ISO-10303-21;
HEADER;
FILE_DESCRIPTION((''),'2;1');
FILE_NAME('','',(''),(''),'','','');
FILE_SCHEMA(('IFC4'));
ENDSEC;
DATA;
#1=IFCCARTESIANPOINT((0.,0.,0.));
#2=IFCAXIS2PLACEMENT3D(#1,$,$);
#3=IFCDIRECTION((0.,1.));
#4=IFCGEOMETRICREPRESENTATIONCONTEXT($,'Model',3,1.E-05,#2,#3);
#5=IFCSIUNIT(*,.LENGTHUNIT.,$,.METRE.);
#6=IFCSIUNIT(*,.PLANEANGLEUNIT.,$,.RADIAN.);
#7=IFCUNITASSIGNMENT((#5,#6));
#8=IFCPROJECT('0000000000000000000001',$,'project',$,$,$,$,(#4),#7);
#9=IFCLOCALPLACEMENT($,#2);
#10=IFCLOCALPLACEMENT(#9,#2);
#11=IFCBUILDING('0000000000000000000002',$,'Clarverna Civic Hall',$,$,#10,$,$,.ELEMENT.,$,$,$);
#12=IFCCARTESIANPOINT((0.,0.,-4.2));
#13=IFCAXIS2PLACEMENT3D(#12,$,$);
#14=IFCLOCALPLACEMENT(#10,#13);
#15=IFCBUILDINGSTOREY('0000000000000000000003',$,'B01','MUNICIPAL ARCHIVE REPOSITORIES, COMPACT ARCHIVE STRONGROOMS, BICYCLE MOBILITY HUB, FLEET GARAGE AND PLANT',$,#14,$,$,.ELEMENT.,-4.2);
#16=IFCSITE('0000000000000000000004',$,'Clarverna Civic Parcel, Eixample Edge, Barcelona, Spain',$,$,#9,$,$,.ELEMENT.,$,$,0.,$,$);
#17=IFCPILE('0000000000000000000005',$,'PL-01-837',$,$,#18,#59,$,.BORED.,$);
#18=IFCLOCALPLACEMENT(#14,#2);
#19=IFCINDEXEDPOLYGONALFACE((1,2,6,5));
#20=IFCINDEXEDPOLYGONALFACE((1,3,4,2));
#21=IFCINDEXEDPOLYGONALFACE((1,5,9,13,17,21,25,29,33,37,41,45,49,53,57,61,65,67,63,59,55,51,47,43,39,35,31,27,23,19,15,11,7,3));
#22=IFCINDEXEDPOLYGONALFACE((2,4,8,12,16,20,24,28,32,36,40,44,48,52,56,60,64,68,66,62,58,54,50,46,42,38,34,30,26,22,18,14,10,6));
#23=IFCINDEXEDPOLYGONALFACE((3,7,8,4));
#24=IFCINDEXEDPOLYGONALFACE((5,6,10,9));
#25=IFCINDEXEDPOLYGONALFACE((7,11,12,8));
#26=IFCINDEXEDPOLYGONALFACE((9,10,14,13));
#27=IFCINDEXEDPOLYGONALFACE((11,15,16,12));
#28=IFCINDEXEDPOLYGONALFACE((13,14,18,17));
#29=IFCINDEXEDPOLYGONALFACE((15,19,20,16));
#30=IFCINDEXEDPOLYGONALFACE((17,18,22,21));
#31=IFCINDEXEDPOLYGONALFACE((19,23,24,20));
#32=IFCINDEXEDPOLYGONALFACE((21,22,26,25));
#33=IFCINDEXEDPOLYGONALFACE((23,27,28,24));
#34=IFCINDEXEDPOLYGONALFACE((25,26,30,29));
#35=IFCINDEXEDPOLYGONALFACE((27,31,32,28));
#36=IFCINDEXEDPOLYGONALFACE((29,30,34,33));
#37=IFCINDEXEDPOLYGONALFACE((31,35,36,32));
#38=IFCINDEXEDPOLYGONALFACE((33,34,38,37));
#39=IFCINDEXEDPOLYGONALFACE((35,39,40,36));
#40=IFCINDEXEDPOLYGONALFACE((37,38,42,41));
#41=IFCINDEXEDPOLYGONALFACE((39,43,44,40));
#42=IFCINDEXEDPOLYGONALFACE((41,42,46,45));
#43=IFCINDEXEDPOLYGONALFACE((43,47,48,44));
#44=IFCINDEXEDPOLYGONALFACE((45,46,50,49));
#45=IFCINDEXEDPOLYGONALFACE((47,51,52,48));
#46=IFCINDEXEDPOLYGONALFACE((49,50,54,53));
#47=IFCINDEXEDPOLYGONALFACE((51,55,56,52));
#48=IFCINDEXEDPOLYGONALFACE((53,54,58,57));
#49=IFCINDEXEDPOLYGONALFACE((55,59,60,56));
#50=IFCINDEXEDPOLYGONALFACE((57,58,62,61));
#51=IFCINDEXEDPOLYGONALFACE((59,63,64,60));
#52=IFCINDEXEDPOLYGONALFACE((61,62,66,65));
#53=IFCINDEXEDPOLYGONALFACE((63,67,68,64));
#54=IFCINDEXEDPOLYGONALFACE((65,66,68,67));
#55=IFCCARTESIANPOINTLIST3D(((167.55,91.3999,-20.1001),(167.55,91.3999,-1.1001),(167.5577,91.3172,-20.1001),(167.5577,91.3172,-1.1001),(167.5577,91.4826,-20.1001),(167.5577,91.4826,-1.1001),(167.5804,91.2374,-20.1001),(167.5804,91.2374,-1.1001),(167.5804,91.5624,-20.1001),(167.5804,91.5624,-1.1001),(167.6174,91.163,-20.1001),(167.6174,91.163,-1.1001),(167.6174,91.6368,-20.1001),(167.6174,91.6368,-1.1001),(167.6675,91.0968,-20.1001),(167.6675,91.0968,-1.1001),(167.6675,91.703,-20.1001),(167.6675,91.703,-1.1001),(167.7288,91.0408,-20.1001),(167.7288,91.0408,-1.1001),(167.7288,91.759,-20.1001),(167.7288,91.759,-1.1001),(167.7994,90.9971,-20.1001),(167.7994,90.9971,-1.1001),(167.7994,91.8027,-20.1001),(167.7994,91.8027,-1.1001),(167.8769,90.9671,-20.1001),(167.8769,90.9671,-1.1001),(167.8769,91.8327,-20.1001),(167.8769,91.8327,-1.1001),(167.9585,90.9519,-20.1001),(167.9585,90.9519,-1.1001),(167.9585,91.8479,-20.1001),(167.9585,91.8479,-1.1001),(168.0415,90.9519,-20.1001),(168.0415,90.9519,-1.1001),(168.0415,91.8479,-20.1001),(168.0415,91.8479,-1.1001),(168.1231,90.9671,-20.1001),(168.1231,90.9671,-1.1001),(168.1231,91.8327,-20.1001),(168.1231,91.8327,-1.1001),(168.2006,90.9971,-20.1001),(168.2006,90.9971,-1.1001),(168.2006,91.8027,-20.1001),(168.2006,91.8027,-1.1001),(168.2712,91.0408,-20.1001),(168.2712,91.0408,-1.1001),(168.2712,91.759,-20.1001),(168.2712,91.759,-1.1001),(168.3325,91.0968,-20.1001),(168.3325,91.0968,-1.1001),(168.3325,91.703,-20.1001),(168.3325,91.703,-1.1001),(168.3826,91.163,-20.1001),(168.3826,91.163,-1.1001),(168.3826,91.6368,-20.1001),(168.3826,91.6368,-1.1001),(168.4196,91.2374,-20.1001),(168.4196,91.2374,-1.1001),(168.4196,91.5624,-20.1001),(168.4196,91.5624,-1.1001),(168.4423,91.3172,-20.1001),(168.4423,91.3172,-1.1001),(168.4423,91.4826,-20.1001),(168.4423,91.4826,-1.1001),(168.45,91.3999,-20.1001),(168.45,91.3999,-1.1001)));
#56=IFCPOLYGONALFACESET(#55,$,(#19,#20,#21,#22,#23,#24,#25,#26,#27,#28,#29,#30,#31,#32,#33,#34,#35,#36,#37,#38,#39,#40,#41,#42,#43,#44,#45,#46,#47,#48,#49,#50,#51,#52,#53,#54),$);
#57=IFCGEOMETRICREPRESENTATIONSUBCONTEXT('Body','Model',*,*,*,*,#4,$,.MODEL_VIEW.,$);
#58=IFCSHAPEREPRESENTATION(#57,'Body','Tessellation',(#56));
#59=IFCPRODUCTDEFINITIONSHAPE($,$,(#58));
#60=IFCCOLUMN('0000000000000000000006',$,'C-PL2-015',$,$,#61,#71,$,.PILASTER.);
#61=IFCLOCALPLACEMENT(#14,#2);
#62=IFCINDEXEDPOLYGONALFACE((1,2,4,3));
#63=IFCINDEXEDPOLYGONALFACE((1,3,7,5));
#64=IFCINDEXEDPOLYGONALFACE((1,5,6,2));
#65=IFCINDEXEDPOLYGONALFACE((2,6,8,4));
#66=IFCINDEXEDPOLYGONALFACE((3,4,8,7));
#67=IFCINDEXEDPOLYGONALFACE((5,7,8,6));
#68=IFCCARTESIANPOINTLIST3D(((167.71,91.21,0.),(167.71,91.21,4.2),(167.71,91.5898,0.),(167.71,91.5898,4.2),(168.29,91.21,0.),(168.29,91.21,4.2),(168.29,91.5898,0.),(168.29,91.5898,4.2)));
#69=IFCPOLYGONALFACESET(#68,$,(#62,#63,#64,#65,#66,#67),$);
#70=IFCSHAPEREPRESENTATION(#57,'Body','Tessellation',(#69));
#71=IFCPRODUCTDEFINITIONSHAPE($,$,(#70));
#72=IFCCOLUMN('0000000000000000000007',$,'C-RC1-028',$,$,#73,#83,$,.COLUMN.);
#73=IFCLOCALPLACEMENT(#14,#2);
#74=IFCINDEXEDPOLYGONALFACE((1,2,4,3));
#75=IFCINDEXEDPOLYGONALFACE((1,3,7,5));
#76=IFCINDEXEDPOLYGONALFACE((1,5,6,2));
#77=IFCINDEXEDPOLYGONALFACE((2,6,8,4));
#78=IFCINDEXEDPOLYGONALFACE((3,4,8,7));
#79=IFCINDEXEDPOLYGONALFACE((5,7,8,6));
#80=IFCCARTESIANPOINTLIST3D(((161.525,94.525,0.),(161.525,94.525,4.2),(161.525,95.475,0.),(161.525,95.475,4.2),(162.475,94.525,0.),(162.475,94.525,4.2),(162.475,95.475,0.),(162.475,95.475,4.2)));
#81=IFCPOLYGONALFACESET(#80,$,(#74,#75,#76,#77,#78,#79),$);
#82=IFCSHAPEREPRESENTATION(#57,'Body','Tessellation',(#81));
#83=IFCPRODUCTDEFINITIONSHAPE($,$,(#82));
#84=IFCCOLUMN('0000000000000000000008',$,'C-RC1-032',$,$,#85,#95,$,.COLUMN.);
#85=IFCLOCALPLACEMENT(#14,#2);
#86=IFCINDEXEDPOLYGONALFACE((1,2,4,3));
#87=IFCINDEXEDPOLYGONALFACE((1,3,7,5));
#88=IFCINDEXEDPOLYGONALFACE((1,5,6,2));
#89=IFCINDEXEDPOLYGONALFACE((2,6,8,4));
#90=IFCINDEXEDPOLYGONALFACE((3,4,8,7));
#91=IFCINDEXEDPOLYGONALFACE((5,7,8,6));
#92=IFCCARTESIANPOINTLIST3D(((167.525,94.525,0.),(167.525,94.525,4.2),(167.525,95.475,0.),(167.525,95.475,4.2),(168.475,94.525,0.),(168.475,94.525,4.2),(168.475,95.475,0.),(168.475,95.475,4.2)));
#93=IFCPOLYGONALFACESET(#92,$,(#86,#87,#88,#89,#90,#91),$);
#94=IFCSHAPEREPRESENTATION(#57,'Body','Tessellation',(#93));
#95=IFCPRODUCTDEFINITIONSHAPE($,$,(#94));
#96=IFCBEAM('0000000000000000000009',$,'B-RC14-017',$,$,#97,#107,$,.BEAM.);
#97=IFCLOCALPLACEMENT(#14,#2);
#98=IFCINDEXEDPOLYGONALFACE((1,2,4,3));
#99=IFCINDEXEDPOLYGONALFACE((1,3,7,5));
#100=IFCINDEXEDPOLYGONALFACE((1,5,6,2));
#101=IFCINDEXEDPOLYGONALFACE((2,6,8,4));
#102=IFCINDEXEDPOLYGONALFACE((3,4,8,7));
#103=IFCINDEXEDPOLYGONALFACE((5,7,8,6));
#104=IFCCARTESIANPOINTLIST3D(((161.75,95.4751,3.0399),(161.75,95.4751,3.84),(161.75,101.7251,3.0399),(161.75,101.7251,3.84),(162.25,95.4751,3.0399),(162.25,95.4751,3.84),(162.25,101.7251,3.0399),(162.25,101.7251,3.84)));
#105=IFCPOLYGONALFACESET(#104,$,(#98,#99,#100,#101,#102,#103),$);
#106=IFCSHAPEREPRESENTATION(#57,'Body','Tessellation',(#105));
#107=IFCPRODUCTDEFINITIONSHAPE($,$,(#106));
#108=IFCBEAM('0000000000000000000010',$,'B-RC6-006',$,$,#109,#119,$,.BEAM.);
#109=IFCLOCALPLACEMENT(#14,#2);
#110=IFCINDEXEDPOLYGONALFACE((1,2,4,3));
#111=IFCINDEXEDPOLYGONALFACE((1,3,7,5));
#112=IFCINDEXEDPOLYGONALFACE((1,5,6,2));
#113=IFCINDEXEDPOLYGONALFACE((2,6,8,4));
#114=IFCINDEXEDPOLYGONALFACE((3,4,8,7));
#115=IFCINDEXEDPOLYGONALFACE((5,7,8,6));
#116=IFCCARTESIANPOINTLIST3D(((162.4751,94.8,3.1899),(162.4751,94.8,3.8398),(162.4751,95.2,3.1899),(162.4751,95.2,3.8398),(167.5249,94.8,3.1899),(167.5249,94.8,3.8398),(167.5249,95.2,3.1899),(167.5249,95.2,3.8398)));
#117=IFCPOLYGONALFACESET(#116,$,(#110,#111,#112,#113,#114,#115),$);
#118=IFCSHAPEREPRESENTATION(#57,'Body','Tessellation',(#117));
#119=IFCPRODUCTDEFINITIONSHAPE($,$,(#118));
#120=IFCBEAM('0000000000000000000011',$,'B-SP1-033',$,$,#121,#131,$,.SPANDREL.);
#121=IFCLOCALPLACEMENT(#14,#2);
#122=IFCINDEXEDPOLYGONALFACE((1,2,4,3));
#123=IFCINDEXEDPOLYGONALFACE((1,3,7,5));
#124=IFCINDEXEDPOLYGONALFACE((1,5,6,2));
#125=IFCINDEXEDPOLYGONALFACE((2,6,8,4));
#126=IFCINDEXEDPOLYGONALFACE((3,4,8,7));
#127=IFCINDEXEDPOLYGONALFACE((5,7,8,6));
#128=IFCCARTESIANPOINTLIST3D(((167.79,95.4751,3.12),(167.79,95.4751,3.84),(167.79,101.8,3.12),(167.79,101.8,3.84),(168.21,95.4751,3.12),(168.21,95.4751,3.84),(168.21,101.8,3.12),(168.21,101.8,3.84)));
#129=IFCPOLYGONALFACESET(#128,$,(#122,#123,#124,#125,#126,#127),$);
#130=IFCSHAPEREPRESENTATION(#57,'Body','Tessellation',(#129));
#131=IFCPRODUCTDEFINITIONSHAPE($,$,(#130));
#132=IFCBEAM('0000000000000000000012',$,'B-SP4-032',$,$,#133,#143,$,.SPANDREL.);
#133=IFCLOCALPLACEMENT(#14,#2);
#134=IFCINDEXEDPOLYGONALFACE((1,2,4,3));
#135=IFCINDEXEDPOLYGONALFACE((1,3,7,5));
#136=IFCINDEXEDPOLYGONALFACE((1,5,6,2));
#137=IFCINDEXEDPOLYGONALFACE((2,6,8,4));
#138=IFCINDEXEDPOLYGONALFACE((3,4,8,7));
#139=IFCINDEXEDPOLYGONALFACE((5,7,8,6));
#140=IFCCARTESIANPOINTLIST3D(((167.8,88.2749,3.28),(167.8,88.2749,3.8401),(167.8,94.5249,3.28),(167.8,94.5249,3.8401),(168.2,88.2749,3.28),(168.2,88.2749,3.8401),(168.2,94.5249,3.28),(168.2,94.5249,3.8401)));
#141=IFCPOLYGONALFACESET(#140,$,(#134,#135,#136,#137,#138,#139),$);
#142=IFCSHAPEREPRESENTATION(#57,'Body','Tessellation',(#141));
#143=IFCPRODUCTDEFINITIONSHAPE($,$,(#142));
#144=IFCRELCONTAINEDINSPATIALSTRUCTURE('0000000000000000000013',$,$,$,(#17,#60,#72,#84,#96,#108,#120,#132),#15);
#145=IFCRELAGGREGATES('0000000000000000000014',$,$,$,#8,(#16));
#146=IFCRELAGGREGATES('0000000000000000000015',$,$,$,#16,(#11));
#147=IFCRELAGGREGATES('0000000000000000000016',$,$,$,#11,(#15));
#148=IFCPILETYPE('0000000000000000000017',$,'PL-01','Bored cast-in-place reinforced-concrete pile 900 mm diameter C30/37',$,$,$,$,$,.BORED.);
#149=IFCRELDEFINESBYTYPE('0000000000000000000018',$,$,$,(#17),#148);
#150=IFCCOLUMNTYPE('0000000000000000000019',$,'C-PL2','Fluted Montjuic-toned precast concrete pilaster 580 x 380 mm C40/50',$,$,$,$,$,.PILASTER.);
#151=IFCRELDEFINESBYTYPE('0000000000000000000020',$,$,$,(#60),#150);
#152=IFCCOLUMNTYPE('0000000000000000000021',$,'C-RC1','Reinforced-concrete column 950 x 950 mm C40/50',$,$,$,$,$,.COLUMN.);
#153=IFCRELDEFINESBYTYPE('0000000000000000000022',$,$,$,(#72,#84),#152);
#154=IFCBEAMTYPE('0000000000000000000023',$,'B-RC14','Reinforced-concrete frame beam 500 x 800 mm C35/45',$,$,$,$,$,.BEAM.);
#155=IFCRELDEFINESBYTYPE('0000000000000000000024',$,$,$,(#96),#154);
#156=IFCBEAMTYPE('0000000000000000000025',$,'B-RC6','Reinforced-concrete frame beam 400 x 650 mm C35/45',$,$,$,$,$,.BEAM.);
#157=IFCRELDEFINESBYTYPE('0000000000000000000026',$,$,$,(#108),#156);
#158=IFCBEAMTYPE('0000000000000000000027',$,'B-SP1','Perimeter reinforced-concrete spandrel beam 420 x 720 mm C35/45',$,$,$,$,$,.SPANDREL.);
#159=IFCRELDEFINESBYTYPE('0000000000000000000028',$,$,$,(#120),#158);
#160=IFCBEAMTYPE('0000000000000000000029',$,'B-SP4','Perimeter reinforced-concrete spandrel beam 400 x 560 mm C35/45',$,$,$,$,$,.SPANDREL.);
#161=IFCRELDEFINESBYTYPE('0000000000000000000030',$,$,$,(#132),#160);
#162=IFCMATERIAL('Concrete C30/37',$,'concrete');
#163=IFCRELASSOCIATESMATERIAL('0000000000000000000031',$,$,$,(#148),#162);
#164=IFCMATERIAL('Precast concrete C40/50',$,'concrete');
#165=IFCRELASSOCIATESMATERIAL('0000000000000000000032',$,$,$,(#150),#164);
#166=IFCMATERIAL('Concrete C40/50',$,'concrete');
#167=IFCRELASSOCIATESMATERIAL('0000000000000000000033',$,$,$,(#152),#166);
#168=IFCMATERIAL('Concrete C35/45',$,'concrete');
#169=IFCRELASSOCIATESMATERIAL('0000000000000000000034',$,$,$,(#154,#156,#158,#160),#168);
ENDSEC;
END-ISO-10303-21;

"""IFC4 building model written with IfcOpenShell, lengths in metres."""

from ifc_helpers import new_model, si_unit, direction, frame, origin, origin_2d, place, context, subcontext, project, spatial, rectangle, circle, extrude, material, material_profile, profile_set, type_object, element, save


model = new_model("IFC4")

# Units and contexts
model_context = context("Model", 3, precision=1e-05, world=origin(), true_north=direction((0.0, 1.0)))
body_context = subcontext(model_context, "Body", "Model", "MODEL_VIEW")
ifc_project = project(units=[si_unit("LENGTHUNIT", "METRE"), si_unit("PLANEANGLEUNIT", "RADIAN")], contexts=[model_context])

# Site, building, storey
site_placement = place(None, origin())
site = spatial("IfcSite", under=ifc_project, at=site_placement, Name="Clarverna Civic Parcel, Eixample Edge, Barcelona, Spain", CompositionType="ELEMENT", RefElevation=0.0)
building_placement = place(site_placement, origin())
building = spatial("IfcBuilding", under=site, at=building_placement, Name="Clarverna Civic Hall", CompositionType="ELEMENT")
storey_placement = place(building_placement, frame((0.0, 0.0, -4.2)))
storey = spatial("IfcBuildingStorey", under=building, at=storey_placement, Name="B01", Description="MUNICIPAL ARCHIVE REPOSITORIES, COMPACT ARCHIVE STRONGROOMS, BICYCLE MOBILITY HUB, FLEET GARAGE AND PLANT", CompositionType="ELEMENT", Elevation=-4.2)

# Shared definitions
ifc_material_1 = material(Name="Concrete C30/37", Category="concrete")

# Pile
ifc_material_profile_1 = material_profile(ifc_material_1, circle(Radius=0.45, at=origin_2d()), Name="BORED PILE D900")
ifc_profile_set_1 = profile_set([ifc_material_profile_1], Name="Concrete C30/37")
pile_type = type_object("IfcPileType", Name="PL-01", Description="Bored cast-in-place reinforced-concrete pile 900 mm diameter C30/37", PredefinedType="BORED", material=ifc_profile_set_1)
for number, where, z_axis, x_axis, name in (
    (1, (168.0, 91.3999, -1.1001), (0.0, 0.0, -1.0), (1.0, 0.0, 0.0), "PL-01-837"),
):
    element("IfcPile", number, at=place(storey_placement, frame(where, z_axis=z_axis, x_axis=x_axis)), inside=storey, type_object=pile_type, Name=name, PredefinedType="BORED", context=body_context, shape_type="SweptSolid", body=[
        extrude(circle(Radius=0.45, at=origin_2d()), origin(), (0.0, 0.0, 1.0), 19.0),
    ])

# Columns
ifc_material_2 = material(Name="Precast concrete C40/50", Category="concrete")
ifc_material_profile_2 = material_profile(ifc_material_2, rectangle(XDim=0.5801, YDim=0.3799, at=origin_2d()), Name="PILASTER 580x380")
ifc_profile_set_2 = profile_set([ifc_material_profile_2], Name="Precast concrete C40/50")
column_type_1 = type_object("IfcColumnType", Name="C-PL2", Description="Fluted Montjuic-toned precast concrete pilaster 580 x 380 mm C40/50", PredefinedType="PILASTER", material=ifc_profile_set_2)
column_placement = place(storey_placement, frame((168.0, 91.3999, 0.0), z_axis=(0.0, 0.0, 1.0), x_axis=(1.0, 0.0, 0.0)))
element("IfcColumn", 2, at=column_placement, inside=storey, type_object=column_type_1, Name="C-PL2-015", PredefinedType="PILASTER", context=body_context, shape_type="SweptSolid", body=[
    extrude(rectangle(XDim=0.5801, YDim=0.3799, at=origin_2d()), origin(), (0.0, 0.0, 1.0), 4.2),
])
ifc_material_3 = material(Name="Concrete C40/50", Category="concrete")
ifc_material_profile_3 = material_profile(ifc_material_3, rectangle(XDim=0.95, YDim=0.95, at=origin_2d()), Name="RC 950x950")
ifc_profile_set_3 = profile_set([ifc_material_profile_3], Name="Concrete C40/50")
column_type_2 = type_object("IfcColumnType", Name="C-RC1", Description="Reinforced-concrete column 950 x 950 mm C40/50", PredefinedType="COLUMN", material=ifc_profile_set_3)
for number, where, z_axis, x_axis, name in (
    (3, (162.0, 95.0, 0.0), (0.0, 0.0, 1.0), (1.0, 0.0, 0.0), "C-RC1-028"),
    (4, (168.0, 95.0, 0.0), (0.0, 0.0, 1.0), (1.0, 0.0, 0.0), "C-RC1-032"),
):
    element("IfcColumn", number, at=place(storey_placement, frame(where, z_axis=z_axis, x_axis=x_axis)), inside=storey, type_object=column_type_2, Name=name, PredefinedType="COLUMN", context=body_context, shape_type="SweptSolid", body=[
        extrude(rectangle(XDim=0.95, YDim=0.95, at=origin_2d()), origin(), (0.0, 0.0, 1.0), 4.2),
    ])

# Beams
ifc_material_4 = material(Name="Concrete C35/45", Category="concrete")
ifc_material_profile_4 = material_profile(ifc_material_4, rectangle(XDim=0.5, YDim=0.8, at=origin_2d()), Name="RC 500x800")
ifc_profile_set_4 = profile_set([ifc_material_profile_4], Name="Concrete C35/45")
beam_type_1 = type_object("IfcBeamType", Name="B-RC14", Description="Reinforced-concrete frame beam 500 x 800 mm C35/45", PredefinedType="BEAM", material=ifc_profile_set_4)
beam_1_placement = place(storey_placement, frame((162.0, 95.4751, 3.4399), z_axis=(0.0, 1.0, 0.0), x_axis=(-1.0, 0.0, 0.0)))
element("IfcBeam", 5, at=beam_1_placement, inside=storey, type_object=beam_type_1, Name="B-RC14-017", PredefinedType="BEAM", context=body_context, shape_type="SweptSolid", body=[
    extrude(rectangle(XDim=0.5, YDim=0.8, at=origin_2d()), origin(), (0.0, 0.0, 1.0), 6.25),
])
ifc_material_profile_5 = material_profile(ifc_material_4, rectangle(XDim=0.3999, YDim=0.6499, at=origin_2d()), Name="RC 400x650")
ifc_profile_set_5 = profile_set([ifc_material_profile_5], Name="Concrete C35/45")
beam_type_2 = type_object("IfcBeamType", Name="B-RC6", Description="Reinforced-concrete frame beam 400 x 650 mm C35/45", PredefinedType="BEAM", material=ifc_profile_set_5)
beam_2_placement = place(storey_placement, frame((162.4751, 95.0, 3.5149), z_axis=(1.0, 0.0, 0.0), x_axis=(0.0, 1.0, 0.0)))
element("IfcBeam", 6, at=beam_2_placement, inside=storey, type_object=beam_type_2, Name="B-RC6-006", PredefinedType="BEAM", context=body_context, shape_type="SweptSolid", body=[
    extrude(rectangle(XDim=0.3999, YDim=0.6499, at=origin_2d()), origin(), (0.0, 0.0, 1.0), 5.0498),
])
ifc_material_profile_6 = material_profile(ifc_material_4, rectangle(XDim=0.4199, YDim=0.72, at=origin_2d()), Name="RC 420x720")
ifc_profile_set_6 = profile_set([ifc_material_profile_6], Name="Concrete C35/45")
beam_type_3 = type_object("IfcBeamType", Name="B-SP1", Description="Perimeter reinforced-concrete spandrel beam 420 x 720 mm C35/45", PredefinedType="SPANDREL", material=ifc_profile_set_6)
beam_3_placement = place(storey_placement, frame((168.0, 95.4751, 3.48), z_axis=(0.0, 1.0, 0.0), x_axis=(-1.0, 0.0, 0.0)))
element("IfcBeam", 7, at=beam_3_placement, inside=storey, type_object=beam_type_3, Name="B-SP1-033", PredefinedType="SPANDREL", context=body_context, shape_type="SweptSolid", body=[
    extrude(rectangle(XDim=0.4199, YDim=0.72, at=origin_2d()), origin(), (0.0, 0.0, 1.0), 6.325),
])
ifc_material_profile_7 = material_profile(ifc_material_4, rectangle(XDim=0.3999, YDim=0.5601, at=origin_2d()), Name="RC 400x560")
ifc_profile_set_7 = profile_set([ifc_material_profile_7], Name="Concrete C35/45")
beam_type_4 = type_object("IfcBeamType", Name="B-SP4", Description="Perimeter reinforced-concrete spandrel beam 400 x 560 mm C35/45", PredefinedType="SPANDREL", material=ifc_profile_set_7)
beam_4_placement = place(storey_placement, frame((168.0, 88.2749, 3.5601), z_axis=(0.0, 1.0, 0.0), x_axis=(-1.0, 0.0, 0.0)))
element("IfcBeam", 8, at=beam_4_placement, inside=storey, type_object=beam_type_4, Name="B-SP4-032", PredefinedType="SPANDREL", context=body_context, shape_type="SweptSolid", body=[
    extrude(rectangle(XDim=0.3999, YDim=0.5601, at=origin_2d()), origin(), (0.0, 0.0, 1.0), 6.25),
])

save(model, "model.ifc")
